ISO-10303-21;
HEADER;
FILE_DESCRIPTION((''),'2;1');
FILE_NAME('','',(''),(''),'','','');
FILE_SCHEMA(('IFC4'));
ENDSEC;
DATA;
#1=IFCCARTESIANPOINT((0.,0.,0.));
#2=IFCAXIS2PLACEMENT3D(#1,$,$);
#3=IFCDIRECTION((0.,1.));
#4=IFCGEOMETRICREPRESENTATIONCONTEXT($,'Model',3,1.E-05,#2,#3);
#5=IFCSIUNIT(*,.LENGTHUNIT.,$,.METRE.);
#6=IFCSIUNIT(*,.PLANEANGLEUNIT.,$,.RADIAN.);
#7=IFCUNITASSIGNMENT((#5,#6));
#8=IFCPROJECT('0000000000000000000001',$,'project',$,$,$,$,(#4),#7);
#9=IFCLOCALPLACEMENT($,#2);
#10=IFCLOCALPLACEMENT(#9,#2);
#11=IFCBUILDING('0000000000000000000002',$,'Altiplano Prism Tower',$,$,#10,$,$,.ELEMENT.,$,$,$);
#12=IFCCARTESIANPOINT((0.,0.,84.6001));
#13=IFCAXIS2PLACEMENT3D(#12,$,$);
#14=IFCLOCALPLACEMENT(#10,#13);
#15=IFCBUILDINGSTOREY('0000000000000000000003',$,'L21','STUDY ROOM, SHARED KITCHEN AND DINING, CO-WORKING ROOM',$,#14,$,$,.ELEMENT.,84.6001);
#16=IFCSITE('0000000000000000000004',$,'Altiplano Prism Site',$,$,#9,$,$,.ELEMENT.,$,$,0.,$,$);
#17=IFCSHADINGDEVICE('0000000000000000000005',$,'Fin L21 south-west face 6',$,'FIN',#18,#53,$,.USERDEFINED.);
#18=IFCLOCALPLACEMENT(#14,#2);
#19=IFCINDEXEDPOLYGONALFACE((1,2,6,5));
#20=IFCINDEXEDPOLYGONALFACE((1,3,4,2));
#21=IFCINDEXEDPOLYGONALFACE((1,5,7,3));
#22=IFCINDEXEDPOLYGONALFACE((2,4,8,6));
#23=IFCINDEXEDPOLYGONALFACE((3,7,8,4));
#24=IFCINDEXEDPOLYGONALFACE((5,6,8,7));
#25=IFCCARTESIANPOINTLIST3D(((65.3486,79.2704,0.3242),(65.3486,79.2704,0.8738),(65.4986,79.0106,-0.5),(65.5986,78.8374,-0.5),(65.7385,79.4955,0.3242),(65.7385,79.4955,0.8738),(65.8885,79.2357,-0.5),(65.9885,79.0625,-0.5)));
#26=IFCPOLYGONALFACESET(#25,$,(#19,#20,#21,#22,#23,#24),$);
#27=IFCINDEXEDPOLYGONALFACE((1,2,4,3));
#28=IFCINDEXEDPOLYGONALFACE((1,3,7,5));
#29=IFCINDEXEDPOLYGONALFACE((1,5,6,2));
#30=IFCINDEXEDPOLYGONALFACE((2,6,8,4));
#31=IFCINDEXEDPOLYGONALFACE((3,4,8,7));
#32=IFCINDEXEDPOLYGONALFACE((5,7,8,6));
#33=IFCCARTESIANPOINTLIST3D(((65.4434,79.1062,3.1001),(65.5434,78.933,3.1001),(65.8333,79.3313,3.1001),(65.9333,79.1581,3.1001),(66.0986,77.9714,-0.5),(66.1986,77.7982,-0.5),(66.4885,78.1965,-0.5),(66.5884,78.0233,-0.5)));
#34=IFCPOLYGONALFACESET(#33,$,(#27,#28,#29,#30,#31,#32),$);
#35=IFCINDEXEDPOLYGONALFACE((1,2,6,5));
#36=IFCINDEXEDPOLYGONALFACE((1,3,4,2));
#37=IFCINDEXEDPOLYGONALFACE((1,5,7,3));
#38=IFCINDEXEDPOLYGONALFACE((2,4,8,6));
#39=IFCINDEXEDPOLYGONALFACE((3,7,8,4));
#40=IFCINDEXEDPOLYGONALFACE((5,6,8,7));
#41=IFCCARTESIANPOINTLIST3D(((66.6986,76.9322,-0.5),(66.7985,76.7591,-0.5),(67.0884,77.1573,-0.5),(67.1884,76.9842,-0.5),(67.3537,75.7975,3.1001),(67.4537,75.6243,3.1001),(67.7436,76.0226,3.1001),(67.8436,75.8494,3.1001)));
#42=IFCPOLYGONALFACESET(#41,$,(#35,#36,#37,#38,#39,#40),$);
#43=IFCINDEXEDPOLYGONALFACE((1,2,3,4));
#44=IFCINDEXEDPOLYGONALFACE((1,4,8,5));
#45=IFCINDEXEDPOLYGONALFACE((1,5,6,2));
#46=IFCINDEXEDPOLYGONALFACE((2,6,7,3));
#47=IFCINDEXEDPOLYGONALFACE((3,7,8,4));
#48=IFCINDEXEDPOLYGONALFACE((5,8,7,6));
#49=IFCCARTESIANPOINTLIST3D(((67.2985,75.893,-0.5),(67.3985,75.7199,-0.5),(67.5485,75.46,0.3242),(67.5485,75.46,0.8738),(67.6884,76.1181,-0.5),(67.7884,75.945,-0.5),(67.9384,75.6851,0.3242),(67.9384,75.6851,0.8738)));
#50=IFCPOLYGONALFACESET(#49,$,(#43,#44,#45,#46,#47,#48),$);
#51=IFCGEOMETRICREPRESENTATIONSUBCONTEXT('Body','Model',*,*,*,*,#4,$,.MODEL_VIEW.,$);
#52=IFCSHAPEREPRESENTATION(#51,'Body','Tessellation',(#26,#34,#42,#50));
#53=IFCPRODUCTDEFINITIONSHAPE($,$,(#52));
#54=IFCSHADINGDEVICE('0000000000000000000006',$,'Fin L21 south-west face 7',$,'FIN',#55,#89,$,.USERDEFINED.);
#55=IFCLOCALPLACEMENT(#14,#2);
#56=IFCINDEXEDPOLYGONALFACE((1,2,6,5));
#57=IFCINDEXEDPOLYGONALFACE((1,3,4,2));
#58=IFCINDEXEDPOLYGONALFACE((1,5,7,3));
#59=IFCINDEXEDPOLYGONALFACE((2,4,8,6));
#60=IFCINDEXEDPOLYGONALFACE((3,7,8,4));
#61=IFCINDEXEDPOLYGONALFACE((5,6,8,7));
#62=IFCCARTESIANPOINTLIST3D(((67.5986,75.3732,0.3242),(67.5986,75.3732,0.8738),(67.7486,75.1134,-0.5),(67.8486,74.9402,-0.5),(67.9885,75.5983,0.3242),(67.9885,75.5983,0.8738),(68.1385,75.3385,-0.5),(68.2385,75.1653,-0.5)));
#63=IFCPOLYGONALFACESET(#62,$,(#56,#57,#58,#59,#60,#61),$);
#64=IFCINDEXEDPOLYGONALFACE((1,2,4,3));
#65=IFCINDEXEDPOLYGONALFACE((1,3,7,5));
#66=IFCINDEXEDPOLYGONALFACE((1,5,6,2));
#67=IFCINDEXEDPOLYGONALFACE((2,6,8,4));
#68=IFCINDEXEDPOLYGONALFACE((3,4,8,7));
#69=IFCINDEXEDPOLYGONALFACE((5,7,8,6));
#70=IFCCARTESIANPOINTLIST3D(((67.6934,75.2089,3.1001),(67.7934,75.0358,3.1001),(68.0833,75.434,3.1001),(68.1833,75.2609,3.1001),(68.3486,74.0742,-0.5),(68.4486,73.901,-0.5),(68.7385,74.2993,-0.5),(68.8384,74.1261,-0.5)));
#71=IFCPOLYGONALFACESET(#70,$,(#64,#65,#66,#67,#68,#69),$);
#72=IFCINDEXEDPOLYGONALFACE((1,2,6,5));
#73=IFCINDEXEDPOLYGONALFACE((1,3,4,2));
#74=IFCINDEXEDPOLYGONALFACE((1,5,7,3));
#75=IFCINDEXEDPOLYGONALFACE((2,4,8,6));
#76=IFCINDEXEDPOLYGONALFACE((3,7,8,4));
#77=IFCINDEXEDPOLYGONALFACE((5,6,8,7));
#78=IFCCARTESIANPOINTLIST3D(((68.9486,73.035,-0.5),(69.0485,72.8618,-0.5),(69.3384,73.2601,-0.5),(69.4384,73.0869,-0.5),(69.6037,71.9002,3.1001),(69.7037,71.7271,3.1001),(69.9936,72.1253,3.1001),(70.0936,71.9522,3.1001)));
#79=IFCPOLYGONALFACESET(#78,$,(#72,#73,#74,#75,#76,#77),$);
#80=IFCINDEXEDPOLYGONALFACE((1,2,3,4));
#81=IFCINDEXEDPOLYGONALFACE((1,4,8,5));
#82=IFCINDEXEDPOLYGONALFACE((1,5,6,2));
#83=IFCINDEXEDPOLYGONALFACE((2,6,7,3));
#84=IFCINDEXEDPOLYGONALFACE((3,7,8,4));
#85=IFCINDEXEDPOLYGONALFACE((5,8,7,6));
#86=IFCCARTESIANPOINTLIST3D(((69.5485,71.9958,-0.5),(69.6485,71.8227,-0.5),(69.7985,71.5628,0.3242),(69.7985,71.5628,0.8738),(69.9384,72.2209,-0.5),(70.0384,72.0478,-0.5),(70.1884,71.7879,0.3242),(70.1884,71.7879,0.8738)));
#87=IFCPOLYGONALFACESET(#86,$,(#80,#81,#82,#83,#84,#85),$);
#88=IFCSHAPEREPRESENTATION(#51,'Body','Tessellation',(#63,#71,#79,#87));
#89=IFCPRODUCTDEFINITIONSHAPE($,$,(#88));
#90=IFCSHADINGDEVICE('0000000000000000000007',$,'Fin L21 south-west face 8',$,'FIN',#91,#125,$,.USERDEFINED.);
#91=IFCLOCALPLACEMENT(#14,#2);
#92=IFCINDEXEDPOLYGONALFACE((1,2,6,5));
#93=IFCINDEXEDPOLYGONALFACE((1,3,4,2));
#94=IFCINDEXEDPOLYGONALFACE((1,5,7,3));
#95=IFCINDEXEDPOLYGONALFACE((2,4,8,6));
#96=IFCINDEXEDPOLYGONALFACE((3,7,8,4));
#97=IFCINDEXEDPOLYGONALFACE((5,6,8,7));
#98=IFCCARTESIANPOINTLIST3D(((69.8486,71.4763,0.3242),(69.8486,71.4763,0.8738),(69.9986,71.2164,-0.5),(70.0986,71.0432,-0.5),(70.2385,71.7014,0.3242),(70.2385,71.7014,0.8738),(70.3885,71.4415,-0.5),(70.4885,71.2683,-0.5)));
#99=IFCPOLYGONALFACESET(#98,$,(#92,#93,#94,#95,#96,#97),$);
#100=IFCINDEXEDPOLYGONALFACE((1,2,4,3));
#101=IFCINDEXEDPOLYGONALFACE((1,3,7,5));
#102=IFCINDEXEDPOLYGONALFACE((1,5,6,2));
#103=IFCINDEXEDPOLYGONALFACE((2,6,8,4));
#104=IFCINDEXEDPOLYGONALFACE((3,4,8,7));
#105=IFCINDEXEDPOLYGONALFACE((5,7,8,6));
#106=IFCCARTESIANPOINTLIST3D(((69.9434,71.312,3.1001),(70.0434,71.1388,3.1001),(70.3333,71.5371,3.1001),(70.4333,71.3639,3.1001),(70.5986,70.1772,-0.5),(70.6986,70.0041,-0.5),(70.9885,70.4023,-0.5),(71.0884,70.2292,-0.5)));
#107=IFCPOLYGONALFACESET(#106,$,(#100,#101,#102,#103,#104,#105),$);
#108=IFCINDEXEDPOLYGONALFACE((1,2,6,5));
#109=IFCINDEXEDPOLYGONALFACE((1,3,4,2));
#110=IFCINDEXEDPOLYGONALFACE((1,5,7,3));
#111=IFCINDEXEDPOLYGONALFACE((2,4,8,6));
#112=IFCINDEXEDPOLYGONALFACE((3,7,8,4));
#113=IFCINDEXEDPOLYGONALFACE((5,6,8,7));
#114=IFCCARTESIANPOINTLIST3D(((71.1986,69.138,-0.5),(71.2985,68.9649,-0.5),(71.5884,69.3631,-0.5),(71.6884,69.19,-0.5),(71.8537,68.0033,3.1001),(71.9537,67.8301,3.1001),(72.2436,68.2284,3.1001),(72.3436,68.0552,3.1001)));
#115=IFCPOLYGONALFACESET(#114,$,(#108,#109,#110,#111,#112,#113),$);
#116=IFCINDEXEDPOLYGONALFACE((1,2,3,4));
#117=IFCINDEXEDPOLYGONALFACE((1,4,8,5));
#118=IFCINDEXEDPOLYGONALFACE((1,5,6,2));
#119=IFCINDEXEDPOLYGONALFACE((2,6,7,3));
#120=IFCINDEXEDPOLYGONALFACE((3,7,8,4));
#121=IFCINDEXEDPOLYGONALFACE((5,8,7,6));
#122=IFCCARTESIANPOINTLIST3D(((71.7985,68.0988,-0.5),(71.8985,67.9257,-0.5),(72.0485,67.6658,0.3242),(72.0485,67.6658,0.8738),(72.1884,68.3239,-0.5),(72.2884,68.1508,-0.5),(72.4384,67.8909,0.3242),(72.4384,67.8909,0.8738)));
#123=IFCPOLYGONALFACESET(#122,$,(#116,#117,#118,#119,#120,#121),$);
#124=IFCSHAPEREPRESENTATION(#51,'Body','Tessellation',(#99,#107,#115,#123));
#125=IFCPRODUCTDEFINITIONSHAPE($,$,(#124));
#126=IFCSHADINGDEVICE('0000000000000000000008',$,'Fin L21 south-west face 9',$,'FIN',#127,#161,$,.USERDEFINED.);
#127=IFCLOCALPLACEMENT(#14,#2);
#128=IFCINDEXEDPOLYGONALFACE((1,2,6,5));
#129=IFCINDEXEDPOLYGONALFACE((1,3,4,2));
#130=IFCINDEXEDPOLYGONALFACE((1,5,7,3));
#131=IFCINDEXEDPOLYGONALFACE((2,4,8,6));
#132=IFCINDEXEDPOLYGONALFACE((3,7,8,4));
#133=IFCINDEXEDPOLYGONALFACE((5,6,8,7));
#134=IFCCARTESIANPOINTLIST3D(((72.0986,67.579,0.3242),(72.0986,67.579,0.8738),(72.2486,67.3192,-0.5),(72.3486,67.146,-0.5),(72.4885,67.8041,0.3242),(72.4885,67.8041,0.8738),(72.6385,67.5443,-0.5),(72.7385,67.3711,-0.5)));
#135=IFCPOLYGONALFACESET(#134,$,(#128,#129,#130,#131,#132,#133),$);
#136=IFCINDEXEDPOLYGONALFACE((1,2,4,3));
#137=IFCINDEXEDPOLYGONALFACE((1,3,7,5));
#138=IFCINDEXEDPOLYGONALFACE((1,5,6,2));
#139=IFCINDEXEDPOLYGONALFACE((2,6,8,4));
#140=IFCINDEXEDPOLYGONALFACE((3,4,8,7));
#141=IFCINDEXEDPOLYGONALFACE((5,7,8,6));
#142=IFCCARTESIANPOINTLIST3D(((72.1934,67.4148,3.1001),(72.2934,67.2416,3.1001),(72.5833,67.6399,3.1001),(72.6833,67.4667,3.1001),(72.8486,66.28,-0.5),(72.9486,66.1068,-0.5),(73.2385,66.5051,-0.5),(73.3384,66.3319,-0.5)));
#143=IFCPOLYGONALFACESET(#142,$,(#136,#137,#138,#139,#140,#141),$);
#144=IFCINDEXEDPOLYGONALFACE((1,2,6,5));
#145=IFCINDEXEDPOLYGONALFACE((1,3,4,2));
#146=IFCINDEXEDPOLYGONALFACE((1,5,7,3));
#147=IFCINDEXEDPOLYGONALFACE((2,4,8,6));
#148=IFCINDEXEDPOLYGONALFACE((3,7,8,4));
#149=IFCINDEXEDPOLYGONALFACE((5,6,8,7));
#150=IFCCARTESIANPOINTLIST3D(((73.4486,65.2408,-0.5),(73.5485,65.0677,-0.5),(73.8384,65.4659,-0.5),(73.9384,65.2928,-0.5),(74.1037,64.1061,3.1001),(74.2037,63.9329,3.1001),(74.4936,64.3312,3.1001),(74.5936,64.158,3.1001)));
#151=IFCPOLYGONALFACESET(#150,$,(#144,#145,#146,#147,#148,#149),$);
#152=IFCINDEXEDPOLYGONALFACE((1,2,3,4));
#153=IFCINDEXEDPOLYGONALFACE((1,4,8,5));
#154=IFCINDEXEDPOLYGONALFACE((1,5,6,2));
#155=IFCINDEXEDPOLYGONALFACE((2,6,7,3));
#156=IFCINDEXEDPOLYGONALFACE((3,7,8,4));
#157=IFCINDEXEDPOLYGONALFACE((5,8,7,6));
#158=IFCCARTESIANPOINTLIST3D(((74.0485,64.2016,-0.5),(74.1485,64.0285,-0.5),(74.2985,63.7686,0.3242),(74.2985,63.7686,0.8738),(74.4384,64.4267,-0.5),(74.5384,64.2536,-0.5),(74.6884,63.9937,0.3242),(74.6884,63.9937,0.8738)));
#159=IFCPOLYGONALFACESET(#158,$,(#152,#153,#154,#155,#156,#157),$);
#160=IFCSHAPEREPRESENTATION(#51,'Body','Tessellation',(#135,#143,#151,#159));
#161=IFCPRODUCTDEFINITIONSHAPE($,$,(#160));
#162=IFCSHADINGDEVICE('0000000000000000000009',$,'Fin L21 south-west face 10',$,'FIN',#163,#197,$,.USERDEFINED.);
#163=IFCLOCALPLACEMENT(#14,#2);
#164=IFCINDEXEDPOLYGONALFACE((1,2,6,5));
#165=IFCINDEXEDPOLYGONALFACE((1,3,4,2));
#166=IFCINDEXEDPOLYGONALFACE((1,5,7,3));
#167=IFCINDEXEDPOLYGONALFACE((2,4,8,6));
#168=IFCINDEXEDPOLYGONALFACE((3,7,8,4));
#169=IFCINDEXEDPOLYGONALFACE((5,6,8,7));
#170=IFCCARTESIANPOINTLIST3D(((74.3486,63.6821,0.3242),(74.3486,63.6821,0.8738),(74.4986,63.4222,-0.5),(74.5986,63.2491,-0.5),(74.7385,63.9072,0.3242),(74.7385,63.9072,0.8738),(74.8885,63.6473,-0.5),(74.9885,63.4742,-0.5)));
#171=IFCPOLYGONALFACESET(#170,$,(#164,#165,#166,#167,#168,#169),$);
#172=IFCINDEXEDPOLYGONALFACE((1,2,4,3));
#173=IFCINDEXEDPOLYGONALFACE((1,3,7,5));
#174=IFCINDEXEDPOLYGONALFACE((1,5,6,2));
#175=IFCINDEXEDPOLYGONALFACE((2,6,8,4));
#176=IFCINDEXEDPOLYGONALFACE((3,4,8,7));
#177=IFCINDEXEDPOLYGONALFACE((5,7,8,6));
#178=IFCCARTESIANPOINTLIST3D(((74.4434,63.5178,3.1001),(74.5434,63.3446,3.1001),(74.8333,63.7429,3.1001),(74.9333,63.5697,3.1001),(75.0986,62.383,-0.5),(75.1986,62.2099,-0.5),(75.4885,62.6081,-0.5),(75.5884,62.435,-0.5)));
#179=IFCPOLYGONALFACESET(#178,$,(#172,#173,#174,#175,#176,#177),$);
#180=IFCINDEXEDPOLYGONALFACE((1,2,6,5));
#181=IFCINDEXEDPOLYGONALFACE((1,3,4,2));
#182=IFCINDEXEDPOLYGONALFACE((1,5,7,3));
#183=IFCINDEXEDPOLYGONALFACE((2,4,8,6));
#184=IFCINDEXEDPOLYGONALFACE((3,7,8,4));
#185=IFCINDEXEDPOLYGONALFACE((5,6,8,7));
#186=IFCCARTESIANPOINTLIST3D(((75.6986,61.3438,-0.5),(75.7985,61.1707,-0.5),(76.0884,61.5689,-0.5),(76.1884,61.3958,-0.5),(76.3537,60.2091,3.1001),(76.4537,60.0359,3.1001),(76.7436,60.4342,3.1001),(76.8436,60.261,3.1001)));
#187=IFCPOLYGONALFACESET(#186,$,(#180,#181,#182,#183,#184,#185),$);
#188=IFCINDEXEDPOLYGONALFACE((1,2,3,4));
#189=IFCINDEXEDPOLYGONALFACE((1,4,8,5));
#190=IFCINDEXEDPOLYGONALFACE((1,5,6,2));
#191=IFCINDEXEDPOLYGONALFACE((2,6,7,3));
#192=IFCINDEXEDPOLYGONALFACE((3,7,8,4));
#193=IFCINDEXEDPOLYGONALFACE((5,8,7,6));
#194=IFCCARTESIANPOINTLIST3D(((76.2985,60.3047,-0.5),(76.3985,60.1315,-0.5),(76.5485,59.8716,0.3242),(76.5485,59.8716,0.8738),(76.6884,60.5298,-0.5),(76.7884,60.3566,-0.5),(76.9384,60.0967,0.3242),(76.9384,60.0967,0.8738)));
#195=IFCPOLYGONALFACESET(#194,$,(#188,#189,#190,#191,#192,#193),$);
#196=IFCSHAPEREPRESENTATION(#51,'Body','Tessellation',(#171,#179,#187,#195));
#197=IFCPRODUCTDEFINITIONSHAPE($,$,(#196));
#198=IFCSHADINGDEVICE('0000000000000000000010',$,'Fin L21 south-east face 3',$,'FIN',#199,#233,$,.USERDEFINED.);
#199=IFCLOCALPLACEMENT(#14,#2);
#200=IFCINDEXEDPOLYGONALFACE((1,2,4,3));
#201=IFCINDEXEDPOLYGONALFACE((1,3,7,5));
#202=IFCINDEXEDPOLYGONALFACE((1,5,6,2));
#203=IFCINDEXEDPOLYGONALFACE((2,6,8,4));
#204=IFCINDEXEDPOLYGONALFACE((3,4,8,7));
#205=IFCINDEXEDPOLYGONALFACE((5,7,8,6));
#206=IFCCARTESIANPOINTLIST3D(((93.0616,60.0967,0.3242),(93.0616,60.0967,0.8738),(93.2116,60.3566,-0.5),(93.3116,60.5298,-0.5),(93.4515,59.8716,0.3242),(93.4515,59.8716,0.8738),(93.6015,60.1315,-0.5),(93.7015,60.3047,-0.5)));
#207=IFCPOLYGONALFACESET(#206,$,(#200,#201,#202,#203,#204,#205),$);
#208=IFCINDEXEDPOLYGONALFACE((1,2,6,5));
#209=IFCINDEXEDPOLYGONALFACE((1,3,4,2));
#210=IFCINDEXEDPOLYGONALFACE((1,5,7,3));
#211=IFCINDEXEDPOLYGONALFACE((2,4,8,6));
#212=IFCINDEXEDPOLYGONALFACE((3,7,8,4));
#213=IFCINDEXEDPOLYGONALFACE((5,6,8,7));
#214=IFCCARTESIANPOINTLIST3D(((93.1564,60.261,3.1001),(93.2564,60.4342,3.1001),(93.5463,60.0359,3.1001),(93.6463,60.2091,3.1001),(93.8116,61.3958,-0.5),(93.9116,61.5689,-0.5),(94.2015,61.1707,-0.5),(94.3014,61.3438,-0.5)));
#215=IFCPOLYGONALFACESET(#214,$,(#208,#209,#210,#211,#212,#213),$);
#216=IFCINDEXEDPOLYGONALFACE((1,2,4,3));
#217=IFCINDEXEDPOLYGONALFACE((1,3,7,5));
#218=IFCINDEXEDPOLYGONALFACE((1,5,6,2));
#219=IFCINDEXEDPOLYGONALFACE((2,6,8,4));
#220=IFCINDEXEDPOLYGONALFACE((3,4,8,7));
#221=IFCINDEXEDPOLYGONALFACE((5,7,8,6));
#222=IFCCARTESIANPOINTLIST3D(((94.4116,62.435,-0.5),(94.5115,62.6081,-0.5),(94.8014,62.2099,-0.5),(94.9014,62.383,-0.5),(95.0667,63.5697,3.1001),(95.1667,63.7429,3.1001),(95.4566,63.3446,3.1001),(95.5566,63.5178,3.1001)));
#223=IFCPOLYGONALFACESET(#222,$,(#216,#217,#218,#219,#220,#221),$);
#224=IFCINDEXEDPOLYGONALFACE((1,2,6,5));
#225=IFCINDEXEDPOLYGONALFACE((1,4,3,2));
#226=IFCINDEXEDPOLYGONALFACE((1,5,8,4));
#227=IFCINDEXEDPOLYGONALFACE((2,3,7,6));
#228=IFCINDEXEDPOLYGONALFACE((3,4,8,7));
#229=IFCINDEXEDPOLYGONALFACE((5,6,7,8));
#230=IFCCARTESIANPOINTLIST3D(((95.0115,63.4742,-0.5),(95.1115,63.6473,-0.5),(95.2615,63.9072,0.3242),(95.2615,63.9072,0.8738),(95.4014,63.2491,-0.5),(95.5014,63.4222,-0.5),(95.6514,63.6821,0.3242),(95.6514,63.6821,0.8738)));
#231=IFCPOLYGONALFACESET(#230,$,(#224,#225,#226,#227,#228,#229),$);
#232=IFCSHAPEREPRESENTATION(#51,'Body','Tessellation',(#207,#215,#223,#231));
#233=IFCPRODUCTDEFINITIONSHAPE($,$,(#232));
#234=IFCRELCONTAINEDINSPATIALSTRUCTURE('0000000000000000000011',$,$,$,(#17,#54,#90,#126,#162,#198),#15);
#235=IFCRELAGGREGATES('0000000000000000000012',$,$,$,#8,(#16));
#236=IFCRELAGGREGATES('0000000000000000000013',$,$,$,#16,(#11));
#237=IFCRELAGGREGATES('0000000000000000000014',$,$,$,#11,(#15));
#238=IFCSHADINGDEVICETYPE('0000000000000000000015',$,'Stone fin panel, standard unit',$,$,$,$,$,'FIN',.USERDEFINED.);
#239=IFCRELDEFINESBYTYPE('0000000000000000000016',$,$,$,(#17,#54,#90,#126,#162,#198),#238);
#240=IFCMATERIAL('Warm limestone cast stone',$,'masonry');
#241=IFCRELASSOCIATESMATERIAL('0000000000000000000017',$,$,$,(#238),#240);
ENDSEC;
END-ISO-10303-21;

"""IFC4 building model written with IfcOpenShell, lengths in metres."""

from ifc_helpers import new_model, si_unit, direction, frame, origin, place, context, subcontext, project, spatial, polyline, outline, extrude, source, transform, mapped, material, type_object, element, save


model = new_model("IFC4")

# Units and contexts
model_context = context("Model", 3, precision=1e-05, world=origin(), true_north=direction((0.0, 1.0)))
body_context = subcontext(model_context, "Body", "Model", "MODEL_VIEW")
ifc_project = project(units=[si_unit("LENGTHUNIT", "METRE"), si_unit("PLANEANGLEUNIT", "RADIAN")], contexts=[model_context])

# Site, building, storey
site_placement = place(None, origin())
site = spatial("IfcSite", under=ifc_project, at=site_placement, Name="Altiplano Prism Site", CompositionType="ELEMENT", RefElevation=0.0)
building_placement = place(site_placement, origin())
building = spatial("IfcBuilding", under=site, at=building_placement, Name="Altiplano Prism Tower", CompositionType="ELEMENT")
storey_placement = place(building_placement, frame((0.0, 0.0, 84.6001)))
storey = spatial("IfcBuildingStorey", under=building, at=storey_placement, Name="L21", Description="STUDY ROOM, SHARED KITCHEN AND DINING, CO-WORKING ROOM", CompositionType="ELEMENT", Elevation=84.6001)

# Shading devices
ifc_material_1 = material(Name="Warm limestone cast stone", Category="masonry")
shading_device_type_1 = type_object("IfcShadingDeviceType", Name="Stone fin panel, standard unit", ElementType="FIN", PredefinedType="USERDEFINED", material=ifc_material_1)
shared_shape_1 = source(origin(), body_context, "Body", "SweptSolid", [
    extrude(outline(polyline([(-2.2, 1.3738), (-2.2, 0.8242), (-1.8999, 0.0), (-1.7, 0.0), (-2.2, 1.3738)])), frame((0.0, -0.1499, 0.0), z_axis=(0.0, -1.0, 0.0), x_axis=(1.0, 0.0, 0.0)), (0.0, 0.0, 1.0), 0.4502),
    extrude(outline(polyline([(-2.0103, 3.6001), (-0.7, 0.0), (-0.5, 0.0), (-1.8103, 3.6001), (-2.0103, 3.6001)])), frame((0.0, -0.1499, 0.0), z_axis=(0.0, -1.0, 0.0), x_axis=(1.0, 0.0, 0.0)), (0.0, 0.0, 1.0), 0.4502),
    extrude(outline(polyline([(1.8103, 3.6001), (0.5, 0.0), (0.7, 0.0), (2.0103, 3.6001), (1.8103, 3.6001)])), frame((0.0, -0.1499, 0.0), z_axis=(0.0, -1.0, 0.0), x_axis=(1.0, 0.0, 0.0)), (0.0, 0.0, 1.0), 0.4502),
    extrude(outline(polyline([(2.2, 0.8242), (2.2, 1.3738), (1.7, 0.0), (1.8999, 0.0), (2.2, 0.8242)])), frame((0.0, -0.1499, 0.0), z_axis=(0.0, -1.0, 0.0), x_axis=(1.0, 0.0, 0.0)), (0.0, 0.0, 1.0), 0.4502),
])
shading_device_1_placement = place(storey_placement, origin())
element("IfcShadingDevice", 1, at=shading_device_1_placement, inside=storey, type_object=shading_device_type_1, Name="Fin L21 south-west face 6", ObjectType="FIN", PredefinedType="USERDEFINED", context=body_context, shape_type="MappedRepresentation", body=[
    mapped(shared_shape_1, transform((66.9683, 77.6653, -0.5), x_axis=(0.5, -0.866025, 0.0), y_axis=(0.866025, 0.5, 0.0), z_axis=(0.0, 0.0, 1.0))),
])
shading_device_2_placement = place(storey_placement, origin())
element("IfcShadingDevice", 2, at=shading_device_2_placement, inside=storey, type_object=shading_device_type_1, Name="Fin L21 south-west face 7", ObjectType="FIN", PredefinedType="USERDEFINED", context=body_context, shape_type="MappedRepresentation", body=[
    mapped(shared_shape_1, transform((69.2183, 73.7681, -0.5), x_axis=(0.5, -0.866025, 0.0), y_axis=(0.866025, 0.5, 0.0), z_axis=(0.0, 0.0, 1.0))),
])
shading_device_3_placement = place(storey_placement, origin())
element("IfcShadingDevice", 3, at=shading_device_3_placement, inside=storey, type_object=shading_device_type_1, Name="Fin L21 south-west face 8", ObjectType="FIN", PredefinedType="USERDEFINED", context=body_context, shape_type="MappedRepresentation", body=[
    mapped(shared_shape_1, transform((71.4683, 69.8711, -0.5), x_axis=(0.5, -0.866025, 0.0), y_axis=(0.866025, 0.5, 0.0), z_axis=(0.0, 0.0, 1.0))),
])
shading_device_4_placement = place(storey_placement, origin())
element("IfcShadingDevice", 4, at=shading_device_4_placement, inside=storey, type_object=shading_device_type_1, Name="Fin L21 south-west face 9", ObjectType="FIN", PredefinedType="USERDEFINED", context=body_context, shape_type="MappedRepresentation", body=[
    mapped(shared_shape_1, transform((73.7183, 65.9739, -0.5), x_axis=(0.5, -0.866025, 0.0), y_axis=(0.866025, 0.5, 0.0), z_axis=(0.0, 0.0, 1.0))),
])
shading_device_5_placement = place(storey_placement, origin())
element("IfcShadingDevice", 5, at=shading_device_5_placement, inside=storey, type_object=shading_device_type_1, Name="Fin L21 south-west face 10", ObjectType="FIN", PredefinedType="USERDEFINED", context=body_context, shape_type="MappedRepresentation", body=[
    mapped(shared_shape_1, transform((75.9683, 62.0769, -0.5), x_axis=(0.5, -0.866025, 0.0), y_axis=(0.866025, 0.5, 0.0), z_axis=(0.0, 0.0, 1.0))),
])
shading_device_6_placement = place(storey_placement, origin())
element("IfcShadingDevice", 6, at=shading_device_6_placement, inside=storey, type_object=shading_device_type_1, Name="Fin L21 south-east face 3", ObjectType="FIN", PredefinedType="USERDEFINED", context=body_context, shape_type="MappedRepresentation", body=[
    mapped(shared_shape_1, transform((94.0317, 62.0769, -0.5), x_axis=(0.5, 0.866025, 0.0), y_axis=(-0.866025, 0.5, 0.0), z_axis=(0.0, 0.0, 1.0))),
])

save(model, "model.ifc")
